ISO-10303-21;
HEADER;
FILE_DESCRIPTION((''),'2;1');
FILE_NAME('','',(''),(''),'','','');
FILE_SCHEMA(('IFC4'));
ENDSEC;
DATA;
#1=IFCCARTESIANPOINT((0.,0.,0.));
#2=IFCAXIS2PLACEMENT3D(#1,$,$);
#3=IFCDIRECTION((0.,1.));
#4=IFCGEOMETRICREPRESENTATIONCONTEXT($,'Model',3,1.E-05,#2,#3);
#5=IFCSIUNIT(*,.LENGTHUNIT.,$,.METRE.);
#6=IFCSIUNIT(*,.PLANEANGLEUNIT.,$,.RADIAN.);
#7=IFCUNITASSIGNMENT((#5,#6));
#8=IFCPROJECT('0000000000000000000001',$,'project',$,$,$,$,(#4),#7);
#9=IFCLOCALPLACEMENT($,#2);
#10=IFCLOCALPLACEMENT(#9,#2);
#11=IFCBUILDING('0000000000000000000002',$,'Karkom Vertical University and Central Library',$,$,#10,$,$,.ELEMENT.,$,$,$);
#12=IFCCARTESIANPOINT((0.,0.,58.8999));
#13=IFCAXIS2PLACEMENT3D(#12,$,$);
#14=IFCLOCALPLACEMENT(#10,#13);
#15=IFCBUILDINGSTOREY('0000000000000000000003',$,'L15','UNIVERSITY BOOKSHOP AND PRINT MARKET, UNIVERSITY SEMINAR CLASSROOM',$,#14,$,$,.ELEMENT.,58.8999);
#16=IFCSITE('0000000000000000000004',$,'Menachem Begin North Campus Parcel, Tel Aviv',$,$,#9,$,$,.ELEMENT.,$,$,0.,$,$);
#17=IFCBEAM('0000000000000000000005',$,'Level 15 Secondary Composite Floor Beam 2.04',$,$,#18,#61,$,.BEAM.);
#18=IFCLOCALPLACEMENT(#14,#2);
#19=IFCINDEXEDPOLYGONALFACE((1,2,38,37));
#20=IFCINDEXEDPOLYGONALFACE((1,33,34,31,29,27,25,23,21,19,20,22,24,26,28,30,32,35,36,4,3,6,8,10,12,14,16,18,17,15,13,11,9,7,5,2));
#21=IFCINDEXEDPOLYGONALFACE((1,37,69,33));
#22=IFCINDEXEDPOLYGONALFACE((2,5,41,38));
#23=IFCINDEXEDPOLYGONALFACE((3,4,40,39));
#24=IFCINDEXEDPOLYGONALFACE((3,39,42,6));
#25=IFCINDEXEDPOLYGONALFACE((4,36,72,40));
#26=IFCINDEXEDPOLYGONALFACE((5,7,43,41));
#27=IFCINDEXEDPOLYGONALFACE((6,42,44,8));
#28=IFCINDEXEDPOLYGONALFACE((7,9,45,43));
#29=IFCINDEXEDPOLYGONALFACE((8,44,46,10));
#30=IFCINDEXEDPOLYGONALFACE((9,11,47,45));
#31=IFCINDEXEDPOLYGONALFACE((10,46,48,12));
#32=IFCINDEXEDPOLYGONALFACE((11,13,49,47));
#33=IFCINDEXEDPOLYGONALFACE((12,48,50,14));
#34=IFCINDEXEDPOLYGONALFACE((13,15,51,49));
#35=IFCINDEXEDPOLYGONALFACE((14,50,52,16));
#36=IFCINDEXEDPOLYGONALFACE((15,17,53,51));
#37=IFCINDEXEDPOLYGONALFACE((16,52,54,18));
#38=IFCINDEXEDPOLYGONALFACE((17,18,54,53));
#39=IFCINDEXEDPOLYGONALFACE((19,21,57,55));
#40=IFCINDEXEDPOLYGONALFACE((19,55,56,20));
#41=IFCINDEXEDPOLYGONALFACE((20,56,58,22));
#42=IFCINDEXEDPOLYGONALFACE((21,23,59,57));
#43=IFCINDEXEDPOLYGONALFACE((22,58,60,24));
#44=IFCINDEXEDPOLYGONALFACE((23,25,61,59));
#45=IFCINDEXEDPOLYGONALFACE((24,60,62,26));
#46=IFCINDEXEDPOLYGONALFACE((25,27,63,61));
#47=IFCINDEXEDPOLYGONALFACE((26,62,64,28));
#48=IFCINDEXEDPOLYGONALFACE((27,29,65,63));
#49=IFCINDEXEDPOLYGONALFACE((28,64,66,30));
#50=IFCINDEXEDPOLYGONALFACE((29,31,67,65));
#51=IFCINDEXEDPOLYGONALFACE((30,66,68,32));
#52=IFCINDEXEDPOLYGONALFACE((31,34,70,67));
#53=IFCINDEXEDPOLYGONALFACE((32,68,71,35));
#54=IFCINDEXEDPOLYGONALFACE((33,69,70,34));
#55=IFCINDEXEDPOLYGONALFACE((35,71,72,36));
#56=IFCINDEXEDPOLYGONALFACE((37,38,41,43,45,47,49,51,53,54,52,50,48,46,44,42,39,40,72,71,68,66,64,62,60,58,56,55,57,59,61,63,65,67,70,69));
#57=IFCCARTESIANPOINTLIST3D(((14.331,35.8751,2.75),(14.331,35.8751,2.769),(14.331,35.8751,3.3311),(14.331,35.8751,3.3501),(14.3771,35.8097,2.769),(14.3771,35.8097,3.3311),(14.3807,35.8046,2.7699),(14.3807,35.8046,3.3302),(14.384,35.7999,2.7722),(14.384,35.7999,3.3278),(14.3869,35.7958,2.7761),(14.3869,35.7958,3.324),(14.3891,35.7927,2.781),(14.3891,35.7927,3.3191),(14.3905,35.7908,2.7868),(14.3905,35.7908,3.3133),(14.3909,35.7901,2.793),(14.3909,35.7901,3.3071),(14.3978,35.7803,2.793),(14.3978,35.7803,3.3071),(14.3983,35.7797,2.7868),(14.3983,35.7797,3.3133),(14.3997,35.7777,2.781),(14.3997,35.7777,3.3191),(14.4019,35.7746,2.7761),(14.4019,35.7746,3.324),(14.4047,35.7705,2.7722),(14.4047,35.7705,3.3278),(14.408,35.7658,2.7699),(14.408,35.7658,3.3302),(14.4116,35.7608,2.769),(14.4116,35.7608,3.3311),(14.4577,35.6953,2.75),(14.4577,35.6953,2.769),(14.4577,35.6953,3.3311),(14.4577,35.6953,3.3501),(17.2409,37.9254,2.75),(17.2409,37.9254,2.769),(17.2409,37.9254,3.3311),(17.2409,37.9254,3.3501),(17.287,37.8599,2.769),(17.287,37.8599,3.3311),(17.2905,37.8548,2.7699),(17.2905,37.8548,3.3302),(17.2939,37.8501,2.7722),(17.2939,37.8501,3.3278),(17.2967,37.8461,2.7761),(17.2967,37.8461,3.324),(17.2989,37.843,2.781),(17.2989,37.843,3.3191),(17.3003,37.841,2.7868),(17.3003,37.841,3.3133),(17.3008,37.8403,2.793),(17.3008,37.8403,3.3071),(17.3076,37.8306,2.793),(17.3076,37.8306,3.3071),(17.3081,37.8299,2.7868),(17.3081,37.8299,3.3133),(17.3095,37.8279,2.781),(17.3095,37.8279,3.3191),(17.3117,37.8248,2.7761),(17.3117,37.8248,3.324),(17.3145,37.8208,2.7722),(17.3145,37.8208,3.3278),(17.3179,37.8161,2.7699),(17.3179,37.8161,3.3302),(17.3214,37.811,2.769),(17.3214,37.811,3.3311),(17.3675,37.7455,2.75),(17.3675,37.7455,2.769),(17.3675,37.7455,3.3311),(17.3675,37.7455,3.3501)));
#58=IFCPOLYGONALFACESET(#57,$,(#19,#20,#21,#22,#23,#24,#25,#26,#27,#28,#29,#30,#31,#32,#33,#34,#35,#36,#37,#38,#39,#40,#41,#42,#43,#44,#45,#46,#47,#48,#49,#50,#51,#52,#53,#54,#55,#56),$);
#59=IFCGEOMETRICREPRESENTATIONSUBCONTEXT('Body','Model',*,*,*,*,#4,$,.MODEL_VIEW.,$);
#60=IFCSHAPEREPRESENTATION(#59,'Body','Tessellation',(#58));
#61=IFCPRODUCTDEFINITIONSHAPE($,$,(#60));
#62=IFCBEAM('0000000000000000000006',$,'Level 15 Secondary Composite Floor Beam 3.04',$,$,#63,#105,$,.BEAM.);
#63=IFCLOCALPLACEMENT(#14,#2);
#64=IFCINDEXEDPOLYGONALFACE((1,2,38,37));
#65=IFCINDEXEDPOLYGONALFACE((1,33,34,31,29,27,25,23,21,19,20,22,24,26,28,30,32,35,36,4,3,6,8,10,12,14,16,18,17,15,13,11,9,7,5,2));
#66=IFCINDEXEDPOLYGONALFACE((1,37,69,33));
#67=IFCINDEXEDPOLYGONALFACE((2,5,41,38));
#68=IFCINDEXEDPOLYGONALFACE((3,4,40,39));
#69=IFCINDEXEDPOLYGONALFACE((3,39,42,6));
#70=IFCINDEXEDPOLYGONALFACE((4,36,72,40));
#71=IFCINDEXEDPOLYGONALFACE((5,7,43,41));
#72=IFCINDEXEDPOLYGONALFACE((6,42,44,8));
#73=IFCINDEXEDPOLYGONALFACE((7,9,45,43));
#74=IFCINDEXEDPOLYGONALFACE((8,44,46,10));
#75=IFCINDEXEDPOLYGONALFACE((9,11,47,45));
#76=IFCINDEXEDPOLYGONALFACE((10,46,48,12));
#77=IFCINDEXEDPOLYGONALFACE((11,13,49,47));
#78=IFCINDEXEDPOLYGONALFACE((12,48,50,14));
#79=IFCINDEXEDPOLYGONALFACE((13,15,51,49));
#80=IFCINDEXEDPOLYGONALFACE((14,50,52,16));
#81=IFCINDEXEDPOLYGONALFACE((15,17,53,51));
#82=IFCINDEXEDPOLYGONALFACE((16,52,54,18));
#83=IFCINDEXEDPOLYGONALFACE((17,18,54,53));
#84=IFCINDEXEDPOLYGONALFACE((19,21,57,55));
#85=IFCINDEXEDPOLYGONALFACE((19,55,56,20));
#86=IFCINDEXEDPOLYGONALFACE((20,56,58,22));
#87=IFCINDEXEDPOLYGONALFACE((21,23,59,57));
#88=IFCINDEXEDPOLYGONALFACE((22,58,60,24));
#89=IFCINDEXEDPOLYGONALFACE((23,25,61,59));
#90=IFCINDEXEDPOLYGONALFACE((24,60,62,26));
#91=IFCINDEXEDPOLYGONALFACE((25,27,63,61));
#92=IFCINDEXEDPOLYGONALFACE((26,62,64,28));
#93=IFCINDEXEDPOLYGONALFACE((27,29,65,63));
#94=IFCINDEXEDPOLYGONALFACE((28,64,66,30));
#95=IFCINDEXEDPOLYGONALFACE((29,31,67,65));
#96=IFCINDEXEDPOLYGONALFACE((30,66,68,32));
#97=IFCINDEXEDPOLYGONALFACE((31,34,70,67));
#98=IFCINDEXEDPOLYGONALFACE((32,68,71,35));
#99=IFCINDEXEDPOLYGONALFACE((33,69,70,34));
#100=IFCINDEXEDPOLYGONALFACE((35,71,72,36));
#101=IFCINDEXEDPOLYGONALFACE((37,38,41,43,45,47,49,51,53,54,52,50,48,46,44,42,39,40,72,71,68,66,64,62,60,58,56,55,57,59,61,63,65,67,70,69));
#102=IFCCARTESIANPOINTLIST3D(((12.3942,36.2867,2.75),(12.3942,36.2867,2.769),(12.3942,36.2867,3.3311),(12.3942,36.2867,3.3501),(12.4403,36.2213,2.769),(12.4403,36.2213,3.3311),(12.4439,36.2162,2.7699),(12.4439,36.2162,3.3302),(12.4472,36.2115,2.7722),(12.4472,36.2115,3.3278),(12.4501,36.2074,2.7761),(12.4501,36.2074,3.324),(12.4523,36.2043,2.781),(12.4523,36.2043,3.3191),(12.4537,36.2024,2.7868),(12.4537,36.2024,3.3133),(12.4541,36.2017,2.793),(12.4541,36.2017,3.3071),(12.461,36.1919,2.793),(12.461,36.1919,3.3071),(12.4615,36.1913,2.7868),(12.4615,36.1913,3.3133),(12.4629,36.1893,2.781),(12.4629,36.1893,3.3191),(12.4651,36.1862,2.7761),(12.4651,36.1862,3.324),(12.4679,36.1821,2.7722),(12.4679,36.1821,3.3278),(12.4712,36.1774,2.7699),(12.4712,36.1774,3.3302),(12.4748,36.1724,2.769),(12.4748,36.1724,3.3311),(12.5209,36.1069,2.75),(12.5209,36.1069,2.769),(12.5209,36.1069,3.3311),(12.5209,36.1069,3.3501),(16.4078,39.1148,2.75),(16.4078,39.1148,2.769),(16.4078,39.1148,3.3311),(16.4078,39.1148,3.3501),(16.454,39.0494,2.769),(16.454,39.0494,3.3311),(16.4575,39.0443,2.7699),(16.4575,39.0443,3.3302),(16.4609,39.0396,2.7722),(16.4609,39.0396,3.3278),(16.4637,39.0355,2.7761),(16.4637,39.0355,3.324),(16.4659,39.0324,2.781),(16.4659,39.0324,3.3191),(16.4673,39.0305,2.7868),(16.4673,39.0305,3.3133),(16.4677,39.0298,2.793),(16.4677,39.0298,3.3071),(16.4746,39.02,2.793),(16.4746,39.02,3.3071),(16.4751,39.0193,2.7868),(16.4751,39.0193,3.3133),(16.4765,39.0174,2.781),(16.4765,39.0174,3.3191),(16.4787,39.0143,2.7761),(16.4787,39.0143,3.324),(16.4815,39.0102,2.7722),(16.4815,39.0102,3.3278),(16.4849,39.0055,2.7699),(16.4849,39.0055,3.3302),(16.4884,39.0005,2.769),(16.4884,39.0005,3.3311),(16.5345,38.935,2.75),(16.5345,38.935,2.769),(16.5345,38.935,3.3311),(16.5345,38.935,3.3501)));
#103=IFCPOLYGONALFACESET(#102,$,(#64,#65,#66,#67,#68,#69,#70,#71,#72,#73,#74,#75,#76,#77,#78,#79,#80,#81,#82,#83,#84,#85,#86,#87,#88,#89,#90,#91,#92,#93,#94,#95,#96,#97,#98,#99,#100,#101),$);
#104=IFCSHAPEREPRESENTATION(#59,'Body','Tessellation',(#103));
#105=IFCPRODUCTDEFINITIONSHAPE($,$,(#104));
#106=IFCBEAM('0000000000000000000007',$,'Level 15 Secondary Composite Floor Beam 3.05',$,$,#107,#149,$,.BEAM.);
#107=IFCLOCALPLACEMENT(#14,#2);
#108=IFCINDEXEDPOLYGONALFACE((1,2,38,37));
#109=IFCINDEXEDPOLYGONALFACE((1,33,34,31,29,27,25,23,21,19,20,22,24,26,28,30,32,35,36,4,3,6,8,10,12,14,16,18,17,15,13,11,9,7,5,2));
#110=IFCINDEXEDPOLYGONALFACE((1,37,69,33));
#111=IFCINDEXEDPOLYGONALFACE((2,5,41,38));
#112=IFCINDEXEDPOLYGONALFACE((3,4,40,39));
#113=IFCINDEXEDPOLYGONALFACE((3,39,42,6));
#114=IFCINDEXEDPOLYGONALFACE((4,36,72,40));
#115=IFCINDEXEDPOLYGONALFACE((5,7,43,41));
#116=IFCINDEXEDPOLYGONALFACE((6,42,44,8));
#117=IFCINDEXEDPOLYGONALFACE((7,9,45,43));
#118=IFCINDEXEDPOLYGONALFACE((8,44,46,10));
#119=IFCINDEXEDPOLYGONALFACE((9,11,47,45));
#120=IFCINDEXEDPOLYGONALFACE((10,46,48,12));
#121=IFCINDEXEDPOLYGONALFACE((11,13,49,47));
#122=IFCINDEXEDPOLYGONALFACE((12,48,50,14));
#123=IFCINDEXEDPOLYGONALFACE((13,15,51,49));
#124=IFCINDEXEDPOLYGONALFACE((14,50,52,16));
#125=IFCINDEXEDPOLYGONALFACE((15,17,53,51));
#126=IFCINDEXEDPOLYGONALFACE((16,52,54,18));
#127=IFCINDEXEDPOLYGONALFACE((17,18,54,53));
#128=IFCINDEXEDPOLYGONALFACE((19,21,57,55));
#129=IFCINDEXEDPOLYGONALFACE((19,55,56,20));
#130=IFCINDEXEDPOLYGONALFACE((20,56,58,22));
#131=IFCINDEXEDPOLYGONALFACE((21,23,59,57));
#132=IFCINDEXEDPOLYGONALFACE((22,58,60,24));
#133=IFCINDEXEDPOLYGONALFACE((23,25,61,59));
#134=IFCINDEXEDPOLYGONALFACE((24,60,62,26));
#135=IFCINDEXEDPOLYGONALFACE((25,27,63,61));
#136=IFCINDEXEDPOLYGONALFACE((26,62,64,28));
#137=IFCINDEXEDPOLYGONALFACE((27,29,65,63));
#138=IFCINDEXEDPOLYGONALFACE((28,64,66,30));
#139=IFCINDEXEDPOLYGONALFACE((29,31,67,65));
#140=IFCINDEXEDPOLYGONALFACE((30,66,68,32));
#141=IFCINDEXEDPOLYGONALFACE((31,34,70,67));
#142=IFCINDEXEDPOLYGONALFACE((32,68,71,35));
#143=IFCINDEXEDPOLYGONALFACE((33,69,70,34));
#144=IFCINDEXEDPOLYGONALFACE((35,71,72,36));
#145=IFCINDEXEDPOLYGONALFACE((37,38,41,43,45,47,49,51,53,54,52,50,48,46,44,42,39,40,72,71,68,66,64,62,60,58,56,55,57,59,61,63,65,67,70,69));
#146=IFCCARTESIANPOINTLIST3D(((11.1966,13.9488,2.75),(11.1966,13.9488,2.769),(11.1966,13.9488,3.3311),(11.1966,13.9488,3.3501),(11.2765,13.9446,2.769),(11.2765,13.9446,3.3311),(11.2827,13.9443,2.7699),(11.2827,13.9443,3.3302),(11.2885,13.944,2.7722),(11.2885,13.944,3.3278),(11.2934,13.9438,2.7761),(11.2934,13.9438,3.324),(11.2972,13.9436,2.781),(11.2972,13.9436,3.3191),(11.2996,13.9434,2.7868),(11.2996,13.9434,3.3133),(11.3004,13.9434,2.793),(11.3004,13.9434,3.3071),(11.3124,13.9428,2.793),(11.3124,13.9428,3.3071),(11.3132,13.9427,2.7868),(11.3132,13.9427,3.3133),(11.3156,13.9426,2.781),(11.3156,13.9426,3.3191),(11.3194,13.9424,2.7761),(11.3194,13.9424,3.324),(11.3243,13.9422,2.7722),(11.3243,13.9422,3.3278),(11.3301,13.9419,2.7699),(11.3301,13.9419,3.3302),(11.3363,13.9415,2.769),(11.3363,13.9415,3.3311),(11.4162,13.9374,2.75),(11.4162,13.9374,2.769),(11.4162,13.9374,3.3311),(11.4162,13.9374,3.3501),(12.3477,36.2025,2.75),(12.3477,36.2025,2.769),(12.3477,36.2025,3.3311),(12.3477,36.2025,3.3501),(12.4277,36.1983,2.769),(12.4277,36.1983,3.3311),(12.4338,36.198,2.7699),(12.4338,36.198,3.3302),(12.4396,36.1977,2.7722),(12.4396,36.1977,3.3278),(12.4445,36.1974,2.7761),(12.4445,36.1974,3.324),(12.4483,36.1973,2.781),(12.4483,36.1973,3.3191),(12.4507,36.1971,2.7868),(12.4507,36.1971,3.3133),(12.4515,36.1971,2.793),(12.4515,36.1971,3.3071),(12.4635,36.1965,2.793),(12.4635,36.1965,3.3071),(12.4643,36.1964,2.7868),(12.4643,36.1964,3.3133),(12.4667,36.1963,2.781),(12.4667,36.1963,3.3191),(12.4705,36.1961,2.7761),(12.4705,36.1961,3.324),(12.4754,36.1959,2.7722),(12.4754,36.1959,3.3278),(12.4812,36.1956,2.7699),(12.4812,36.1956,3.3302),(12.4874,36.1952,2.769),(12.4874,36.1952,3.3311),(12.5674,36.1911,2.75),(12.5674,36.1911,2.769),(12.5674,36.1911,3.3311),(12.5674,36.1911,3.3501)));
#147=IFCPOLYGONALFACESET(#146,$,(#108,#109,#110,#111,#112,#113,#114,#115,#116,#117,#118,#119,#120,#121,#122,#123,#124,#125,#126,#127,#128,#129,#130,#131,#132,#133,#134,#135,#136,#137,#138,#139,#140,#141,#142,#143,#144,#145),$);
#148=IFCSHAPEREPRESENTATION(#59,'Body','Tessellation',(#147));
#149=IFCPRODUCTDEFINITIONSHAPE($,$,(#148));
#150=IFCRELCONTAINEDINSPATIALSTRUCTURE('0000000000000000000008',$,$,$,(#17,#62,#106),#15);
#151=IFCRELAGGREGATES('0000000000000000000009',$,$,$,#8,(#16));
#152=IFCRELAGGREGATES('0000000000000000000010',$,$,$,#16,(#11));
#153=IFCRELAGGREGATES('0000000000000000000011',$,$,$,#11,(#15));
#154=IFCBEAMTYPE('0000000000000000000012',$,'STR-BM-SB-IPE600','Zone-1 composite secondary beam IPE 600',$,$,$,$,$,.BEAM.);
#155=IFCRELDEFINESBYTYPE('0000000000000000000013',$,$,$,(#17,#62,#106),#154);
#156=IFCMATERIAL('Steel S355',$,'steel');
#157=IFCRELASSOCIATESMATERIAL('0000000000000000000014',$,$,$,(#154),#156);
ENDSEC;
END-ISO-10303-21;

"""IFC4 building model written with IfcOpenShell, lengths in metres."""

from ifc_helpers import new_model, si_unit, direction, frame, origin, origin_with_axes, origin_2d, place, context, subcontext, project, spatial, i_section, extrude, source, transform, mapped, material, material_profile, profile_set, type_object, element, save


model = new_model("IFC4")

# Units and contexts
model_context = context("Model", 3, precision=1e-05, world=origin(), true_north=direction((0.0, 1.0)))
body_context = subcontext(model_context, "Body", "Model", "MODEL_VIEW")
ifc_project = project(units=[si_unit("LENGTHUNIT", "METRE"), si_unit("PLANEANGLEUNIT", "RADIAN")], contexts=[model_context])

# Site, building, storey
site_placement = place(None, origin())
site = spatial("IfcSite", under=ifc_project, at=site_placement, Name="Menachem Begin North Campus Parcel, Tel Aviv", CompositionType="ELEMENT", RefElevation=0.0)
building_placement = place(site_placement, origin())
building = spatial("IfcBuilding", under=site, at=building_placement, Name="Karkom Vertical University and Central Library", CompositionType="ELEMENT")
storey_placement = place(building_placement, frame((0.0, 0.0, 58.8999)))
storey = spatial("IfcBuildingStorey", under=building, at=storey_placement, Name="L15", Description="UNIVERSITY BOOKSHOP AND PRINT MARKET, UNIVERSITY SEMINAR CLASSROOM", CompositionType="ELEMENT", Elevation=58.8999)

# Beams
ifc_material_1 = material(Name="Steel S355", Category="steel")
ifc_material_profile_1 = material_profile(ifc_material_1, i_section(OverallWidth=0.22, OverallDepth=0.6001, WebThickness=0.012, FlangeThickness=0.019, FilletRadius=0.0239, at=origin_2d()), Name="IPE 600")
ifc_profile_set_1 = profile_set([ifc_material_profile_1], Name="Steel S355")
beam_type_1 = type_object("IfcBeamType", Name="STR-BM-SB-IPE600", Description="Zone-1 composite secondary beam IPE 600", PredefinedType="BEAM", material=ifc_profile_set_1)
shared_shape_1 = source(origin_with_axes(), body_context, "Body", "SweptSolid", [
    extrude(i_section(OverallWidth=0.22, OverallDepth=0.6001, WebThickness=0.012, FlangeThickness=0.019, FilletRadius=0.0239, at=origin_2d()), origin(), (0.0, 0.0, 1.0), 3.5596),
])
beam_1_placement = place(storey_placement, frame((17.3042, 37.8354, 3.05), z_axis=(-0.817466, -0.575977, 0.0), x_axis=(0.575977, -0.817466, 0.0)))
element("IfcBeam", 1, at=beam_1_placement, inside=storey, type_object=beam_type_1, Name="Level 15 Secondary Composite Floor Beam 2.04", PredefinedType="BEAM", context=body_context, shape_type="MappedRepresentation", body=[
    mapped(shared_shape_1, transform((0.0, 0.0, 0.0), scale=1.0)),
])
shared_shape_2 = source(origin_with_axes(), body_context, "Body", "SweptSolid", [
    extrude(i_section(OverallWidth=0.22, OverallDepth=0.6001, WebThickness=0.012, FlangeThickness=0.019, FilletRadius=0.0239, at=origin_2d()), origin(), (0.0, 0.0, 1.0), 4.9099),
])
beam_2_placement = place(storey_placement, frame((16.4712, 39.0249, 3.05), z_axis=(-0.817453, -0.575996, 0.0), x_axis=(0.575996, -0.817453, 0.0)))
element("IfcBeam", 2, at=beam_2_placement, inside=storey, type_object=beam_type_1, Name="Level 15 Secondary Composite Floor Beam 3.04", PredefinedType="BEAM", context=body_context, shape_type="MappedRepresentation", body=[
    mapped(shared_shape_2, transform((0.0, 0.0, 0.0), scale=1.0)),
])
shared_shape_3 = source(origin_with_axes(), body_context, "Body", "SweptSolid", [
    extrude(i_section(OverallWidth=0.22, OverallDepth=0.6001, WebThickness=0.012, FlangeThickness=0.019, FilletRadius=0.0239, at=origin_2d()), origin(), (0.0, 0.0, 1.0), 22.2834),
])
beam_3_placement = place(storey_placement, frame((12.4575, 36.1968, 3.05), z_axis=(-0.051658, -0.998665, 0.0), x_axis=(0.998665, -0.051658, 0.0)))
element("IfcBeam", 3, at=beam_3_placement, inside=storey, type_object=beam_type_1, Name="Level 15 Secondary Composite Floor Beam 3.05", PredefinedType="BEAM", context=body_context, shape_type="MappedRepresentation", body=[
    mapped(shared_shape_3, transform((0.0, 0.0, 0.0), scale=1.0)),
])

save(model, "model.ifc")
